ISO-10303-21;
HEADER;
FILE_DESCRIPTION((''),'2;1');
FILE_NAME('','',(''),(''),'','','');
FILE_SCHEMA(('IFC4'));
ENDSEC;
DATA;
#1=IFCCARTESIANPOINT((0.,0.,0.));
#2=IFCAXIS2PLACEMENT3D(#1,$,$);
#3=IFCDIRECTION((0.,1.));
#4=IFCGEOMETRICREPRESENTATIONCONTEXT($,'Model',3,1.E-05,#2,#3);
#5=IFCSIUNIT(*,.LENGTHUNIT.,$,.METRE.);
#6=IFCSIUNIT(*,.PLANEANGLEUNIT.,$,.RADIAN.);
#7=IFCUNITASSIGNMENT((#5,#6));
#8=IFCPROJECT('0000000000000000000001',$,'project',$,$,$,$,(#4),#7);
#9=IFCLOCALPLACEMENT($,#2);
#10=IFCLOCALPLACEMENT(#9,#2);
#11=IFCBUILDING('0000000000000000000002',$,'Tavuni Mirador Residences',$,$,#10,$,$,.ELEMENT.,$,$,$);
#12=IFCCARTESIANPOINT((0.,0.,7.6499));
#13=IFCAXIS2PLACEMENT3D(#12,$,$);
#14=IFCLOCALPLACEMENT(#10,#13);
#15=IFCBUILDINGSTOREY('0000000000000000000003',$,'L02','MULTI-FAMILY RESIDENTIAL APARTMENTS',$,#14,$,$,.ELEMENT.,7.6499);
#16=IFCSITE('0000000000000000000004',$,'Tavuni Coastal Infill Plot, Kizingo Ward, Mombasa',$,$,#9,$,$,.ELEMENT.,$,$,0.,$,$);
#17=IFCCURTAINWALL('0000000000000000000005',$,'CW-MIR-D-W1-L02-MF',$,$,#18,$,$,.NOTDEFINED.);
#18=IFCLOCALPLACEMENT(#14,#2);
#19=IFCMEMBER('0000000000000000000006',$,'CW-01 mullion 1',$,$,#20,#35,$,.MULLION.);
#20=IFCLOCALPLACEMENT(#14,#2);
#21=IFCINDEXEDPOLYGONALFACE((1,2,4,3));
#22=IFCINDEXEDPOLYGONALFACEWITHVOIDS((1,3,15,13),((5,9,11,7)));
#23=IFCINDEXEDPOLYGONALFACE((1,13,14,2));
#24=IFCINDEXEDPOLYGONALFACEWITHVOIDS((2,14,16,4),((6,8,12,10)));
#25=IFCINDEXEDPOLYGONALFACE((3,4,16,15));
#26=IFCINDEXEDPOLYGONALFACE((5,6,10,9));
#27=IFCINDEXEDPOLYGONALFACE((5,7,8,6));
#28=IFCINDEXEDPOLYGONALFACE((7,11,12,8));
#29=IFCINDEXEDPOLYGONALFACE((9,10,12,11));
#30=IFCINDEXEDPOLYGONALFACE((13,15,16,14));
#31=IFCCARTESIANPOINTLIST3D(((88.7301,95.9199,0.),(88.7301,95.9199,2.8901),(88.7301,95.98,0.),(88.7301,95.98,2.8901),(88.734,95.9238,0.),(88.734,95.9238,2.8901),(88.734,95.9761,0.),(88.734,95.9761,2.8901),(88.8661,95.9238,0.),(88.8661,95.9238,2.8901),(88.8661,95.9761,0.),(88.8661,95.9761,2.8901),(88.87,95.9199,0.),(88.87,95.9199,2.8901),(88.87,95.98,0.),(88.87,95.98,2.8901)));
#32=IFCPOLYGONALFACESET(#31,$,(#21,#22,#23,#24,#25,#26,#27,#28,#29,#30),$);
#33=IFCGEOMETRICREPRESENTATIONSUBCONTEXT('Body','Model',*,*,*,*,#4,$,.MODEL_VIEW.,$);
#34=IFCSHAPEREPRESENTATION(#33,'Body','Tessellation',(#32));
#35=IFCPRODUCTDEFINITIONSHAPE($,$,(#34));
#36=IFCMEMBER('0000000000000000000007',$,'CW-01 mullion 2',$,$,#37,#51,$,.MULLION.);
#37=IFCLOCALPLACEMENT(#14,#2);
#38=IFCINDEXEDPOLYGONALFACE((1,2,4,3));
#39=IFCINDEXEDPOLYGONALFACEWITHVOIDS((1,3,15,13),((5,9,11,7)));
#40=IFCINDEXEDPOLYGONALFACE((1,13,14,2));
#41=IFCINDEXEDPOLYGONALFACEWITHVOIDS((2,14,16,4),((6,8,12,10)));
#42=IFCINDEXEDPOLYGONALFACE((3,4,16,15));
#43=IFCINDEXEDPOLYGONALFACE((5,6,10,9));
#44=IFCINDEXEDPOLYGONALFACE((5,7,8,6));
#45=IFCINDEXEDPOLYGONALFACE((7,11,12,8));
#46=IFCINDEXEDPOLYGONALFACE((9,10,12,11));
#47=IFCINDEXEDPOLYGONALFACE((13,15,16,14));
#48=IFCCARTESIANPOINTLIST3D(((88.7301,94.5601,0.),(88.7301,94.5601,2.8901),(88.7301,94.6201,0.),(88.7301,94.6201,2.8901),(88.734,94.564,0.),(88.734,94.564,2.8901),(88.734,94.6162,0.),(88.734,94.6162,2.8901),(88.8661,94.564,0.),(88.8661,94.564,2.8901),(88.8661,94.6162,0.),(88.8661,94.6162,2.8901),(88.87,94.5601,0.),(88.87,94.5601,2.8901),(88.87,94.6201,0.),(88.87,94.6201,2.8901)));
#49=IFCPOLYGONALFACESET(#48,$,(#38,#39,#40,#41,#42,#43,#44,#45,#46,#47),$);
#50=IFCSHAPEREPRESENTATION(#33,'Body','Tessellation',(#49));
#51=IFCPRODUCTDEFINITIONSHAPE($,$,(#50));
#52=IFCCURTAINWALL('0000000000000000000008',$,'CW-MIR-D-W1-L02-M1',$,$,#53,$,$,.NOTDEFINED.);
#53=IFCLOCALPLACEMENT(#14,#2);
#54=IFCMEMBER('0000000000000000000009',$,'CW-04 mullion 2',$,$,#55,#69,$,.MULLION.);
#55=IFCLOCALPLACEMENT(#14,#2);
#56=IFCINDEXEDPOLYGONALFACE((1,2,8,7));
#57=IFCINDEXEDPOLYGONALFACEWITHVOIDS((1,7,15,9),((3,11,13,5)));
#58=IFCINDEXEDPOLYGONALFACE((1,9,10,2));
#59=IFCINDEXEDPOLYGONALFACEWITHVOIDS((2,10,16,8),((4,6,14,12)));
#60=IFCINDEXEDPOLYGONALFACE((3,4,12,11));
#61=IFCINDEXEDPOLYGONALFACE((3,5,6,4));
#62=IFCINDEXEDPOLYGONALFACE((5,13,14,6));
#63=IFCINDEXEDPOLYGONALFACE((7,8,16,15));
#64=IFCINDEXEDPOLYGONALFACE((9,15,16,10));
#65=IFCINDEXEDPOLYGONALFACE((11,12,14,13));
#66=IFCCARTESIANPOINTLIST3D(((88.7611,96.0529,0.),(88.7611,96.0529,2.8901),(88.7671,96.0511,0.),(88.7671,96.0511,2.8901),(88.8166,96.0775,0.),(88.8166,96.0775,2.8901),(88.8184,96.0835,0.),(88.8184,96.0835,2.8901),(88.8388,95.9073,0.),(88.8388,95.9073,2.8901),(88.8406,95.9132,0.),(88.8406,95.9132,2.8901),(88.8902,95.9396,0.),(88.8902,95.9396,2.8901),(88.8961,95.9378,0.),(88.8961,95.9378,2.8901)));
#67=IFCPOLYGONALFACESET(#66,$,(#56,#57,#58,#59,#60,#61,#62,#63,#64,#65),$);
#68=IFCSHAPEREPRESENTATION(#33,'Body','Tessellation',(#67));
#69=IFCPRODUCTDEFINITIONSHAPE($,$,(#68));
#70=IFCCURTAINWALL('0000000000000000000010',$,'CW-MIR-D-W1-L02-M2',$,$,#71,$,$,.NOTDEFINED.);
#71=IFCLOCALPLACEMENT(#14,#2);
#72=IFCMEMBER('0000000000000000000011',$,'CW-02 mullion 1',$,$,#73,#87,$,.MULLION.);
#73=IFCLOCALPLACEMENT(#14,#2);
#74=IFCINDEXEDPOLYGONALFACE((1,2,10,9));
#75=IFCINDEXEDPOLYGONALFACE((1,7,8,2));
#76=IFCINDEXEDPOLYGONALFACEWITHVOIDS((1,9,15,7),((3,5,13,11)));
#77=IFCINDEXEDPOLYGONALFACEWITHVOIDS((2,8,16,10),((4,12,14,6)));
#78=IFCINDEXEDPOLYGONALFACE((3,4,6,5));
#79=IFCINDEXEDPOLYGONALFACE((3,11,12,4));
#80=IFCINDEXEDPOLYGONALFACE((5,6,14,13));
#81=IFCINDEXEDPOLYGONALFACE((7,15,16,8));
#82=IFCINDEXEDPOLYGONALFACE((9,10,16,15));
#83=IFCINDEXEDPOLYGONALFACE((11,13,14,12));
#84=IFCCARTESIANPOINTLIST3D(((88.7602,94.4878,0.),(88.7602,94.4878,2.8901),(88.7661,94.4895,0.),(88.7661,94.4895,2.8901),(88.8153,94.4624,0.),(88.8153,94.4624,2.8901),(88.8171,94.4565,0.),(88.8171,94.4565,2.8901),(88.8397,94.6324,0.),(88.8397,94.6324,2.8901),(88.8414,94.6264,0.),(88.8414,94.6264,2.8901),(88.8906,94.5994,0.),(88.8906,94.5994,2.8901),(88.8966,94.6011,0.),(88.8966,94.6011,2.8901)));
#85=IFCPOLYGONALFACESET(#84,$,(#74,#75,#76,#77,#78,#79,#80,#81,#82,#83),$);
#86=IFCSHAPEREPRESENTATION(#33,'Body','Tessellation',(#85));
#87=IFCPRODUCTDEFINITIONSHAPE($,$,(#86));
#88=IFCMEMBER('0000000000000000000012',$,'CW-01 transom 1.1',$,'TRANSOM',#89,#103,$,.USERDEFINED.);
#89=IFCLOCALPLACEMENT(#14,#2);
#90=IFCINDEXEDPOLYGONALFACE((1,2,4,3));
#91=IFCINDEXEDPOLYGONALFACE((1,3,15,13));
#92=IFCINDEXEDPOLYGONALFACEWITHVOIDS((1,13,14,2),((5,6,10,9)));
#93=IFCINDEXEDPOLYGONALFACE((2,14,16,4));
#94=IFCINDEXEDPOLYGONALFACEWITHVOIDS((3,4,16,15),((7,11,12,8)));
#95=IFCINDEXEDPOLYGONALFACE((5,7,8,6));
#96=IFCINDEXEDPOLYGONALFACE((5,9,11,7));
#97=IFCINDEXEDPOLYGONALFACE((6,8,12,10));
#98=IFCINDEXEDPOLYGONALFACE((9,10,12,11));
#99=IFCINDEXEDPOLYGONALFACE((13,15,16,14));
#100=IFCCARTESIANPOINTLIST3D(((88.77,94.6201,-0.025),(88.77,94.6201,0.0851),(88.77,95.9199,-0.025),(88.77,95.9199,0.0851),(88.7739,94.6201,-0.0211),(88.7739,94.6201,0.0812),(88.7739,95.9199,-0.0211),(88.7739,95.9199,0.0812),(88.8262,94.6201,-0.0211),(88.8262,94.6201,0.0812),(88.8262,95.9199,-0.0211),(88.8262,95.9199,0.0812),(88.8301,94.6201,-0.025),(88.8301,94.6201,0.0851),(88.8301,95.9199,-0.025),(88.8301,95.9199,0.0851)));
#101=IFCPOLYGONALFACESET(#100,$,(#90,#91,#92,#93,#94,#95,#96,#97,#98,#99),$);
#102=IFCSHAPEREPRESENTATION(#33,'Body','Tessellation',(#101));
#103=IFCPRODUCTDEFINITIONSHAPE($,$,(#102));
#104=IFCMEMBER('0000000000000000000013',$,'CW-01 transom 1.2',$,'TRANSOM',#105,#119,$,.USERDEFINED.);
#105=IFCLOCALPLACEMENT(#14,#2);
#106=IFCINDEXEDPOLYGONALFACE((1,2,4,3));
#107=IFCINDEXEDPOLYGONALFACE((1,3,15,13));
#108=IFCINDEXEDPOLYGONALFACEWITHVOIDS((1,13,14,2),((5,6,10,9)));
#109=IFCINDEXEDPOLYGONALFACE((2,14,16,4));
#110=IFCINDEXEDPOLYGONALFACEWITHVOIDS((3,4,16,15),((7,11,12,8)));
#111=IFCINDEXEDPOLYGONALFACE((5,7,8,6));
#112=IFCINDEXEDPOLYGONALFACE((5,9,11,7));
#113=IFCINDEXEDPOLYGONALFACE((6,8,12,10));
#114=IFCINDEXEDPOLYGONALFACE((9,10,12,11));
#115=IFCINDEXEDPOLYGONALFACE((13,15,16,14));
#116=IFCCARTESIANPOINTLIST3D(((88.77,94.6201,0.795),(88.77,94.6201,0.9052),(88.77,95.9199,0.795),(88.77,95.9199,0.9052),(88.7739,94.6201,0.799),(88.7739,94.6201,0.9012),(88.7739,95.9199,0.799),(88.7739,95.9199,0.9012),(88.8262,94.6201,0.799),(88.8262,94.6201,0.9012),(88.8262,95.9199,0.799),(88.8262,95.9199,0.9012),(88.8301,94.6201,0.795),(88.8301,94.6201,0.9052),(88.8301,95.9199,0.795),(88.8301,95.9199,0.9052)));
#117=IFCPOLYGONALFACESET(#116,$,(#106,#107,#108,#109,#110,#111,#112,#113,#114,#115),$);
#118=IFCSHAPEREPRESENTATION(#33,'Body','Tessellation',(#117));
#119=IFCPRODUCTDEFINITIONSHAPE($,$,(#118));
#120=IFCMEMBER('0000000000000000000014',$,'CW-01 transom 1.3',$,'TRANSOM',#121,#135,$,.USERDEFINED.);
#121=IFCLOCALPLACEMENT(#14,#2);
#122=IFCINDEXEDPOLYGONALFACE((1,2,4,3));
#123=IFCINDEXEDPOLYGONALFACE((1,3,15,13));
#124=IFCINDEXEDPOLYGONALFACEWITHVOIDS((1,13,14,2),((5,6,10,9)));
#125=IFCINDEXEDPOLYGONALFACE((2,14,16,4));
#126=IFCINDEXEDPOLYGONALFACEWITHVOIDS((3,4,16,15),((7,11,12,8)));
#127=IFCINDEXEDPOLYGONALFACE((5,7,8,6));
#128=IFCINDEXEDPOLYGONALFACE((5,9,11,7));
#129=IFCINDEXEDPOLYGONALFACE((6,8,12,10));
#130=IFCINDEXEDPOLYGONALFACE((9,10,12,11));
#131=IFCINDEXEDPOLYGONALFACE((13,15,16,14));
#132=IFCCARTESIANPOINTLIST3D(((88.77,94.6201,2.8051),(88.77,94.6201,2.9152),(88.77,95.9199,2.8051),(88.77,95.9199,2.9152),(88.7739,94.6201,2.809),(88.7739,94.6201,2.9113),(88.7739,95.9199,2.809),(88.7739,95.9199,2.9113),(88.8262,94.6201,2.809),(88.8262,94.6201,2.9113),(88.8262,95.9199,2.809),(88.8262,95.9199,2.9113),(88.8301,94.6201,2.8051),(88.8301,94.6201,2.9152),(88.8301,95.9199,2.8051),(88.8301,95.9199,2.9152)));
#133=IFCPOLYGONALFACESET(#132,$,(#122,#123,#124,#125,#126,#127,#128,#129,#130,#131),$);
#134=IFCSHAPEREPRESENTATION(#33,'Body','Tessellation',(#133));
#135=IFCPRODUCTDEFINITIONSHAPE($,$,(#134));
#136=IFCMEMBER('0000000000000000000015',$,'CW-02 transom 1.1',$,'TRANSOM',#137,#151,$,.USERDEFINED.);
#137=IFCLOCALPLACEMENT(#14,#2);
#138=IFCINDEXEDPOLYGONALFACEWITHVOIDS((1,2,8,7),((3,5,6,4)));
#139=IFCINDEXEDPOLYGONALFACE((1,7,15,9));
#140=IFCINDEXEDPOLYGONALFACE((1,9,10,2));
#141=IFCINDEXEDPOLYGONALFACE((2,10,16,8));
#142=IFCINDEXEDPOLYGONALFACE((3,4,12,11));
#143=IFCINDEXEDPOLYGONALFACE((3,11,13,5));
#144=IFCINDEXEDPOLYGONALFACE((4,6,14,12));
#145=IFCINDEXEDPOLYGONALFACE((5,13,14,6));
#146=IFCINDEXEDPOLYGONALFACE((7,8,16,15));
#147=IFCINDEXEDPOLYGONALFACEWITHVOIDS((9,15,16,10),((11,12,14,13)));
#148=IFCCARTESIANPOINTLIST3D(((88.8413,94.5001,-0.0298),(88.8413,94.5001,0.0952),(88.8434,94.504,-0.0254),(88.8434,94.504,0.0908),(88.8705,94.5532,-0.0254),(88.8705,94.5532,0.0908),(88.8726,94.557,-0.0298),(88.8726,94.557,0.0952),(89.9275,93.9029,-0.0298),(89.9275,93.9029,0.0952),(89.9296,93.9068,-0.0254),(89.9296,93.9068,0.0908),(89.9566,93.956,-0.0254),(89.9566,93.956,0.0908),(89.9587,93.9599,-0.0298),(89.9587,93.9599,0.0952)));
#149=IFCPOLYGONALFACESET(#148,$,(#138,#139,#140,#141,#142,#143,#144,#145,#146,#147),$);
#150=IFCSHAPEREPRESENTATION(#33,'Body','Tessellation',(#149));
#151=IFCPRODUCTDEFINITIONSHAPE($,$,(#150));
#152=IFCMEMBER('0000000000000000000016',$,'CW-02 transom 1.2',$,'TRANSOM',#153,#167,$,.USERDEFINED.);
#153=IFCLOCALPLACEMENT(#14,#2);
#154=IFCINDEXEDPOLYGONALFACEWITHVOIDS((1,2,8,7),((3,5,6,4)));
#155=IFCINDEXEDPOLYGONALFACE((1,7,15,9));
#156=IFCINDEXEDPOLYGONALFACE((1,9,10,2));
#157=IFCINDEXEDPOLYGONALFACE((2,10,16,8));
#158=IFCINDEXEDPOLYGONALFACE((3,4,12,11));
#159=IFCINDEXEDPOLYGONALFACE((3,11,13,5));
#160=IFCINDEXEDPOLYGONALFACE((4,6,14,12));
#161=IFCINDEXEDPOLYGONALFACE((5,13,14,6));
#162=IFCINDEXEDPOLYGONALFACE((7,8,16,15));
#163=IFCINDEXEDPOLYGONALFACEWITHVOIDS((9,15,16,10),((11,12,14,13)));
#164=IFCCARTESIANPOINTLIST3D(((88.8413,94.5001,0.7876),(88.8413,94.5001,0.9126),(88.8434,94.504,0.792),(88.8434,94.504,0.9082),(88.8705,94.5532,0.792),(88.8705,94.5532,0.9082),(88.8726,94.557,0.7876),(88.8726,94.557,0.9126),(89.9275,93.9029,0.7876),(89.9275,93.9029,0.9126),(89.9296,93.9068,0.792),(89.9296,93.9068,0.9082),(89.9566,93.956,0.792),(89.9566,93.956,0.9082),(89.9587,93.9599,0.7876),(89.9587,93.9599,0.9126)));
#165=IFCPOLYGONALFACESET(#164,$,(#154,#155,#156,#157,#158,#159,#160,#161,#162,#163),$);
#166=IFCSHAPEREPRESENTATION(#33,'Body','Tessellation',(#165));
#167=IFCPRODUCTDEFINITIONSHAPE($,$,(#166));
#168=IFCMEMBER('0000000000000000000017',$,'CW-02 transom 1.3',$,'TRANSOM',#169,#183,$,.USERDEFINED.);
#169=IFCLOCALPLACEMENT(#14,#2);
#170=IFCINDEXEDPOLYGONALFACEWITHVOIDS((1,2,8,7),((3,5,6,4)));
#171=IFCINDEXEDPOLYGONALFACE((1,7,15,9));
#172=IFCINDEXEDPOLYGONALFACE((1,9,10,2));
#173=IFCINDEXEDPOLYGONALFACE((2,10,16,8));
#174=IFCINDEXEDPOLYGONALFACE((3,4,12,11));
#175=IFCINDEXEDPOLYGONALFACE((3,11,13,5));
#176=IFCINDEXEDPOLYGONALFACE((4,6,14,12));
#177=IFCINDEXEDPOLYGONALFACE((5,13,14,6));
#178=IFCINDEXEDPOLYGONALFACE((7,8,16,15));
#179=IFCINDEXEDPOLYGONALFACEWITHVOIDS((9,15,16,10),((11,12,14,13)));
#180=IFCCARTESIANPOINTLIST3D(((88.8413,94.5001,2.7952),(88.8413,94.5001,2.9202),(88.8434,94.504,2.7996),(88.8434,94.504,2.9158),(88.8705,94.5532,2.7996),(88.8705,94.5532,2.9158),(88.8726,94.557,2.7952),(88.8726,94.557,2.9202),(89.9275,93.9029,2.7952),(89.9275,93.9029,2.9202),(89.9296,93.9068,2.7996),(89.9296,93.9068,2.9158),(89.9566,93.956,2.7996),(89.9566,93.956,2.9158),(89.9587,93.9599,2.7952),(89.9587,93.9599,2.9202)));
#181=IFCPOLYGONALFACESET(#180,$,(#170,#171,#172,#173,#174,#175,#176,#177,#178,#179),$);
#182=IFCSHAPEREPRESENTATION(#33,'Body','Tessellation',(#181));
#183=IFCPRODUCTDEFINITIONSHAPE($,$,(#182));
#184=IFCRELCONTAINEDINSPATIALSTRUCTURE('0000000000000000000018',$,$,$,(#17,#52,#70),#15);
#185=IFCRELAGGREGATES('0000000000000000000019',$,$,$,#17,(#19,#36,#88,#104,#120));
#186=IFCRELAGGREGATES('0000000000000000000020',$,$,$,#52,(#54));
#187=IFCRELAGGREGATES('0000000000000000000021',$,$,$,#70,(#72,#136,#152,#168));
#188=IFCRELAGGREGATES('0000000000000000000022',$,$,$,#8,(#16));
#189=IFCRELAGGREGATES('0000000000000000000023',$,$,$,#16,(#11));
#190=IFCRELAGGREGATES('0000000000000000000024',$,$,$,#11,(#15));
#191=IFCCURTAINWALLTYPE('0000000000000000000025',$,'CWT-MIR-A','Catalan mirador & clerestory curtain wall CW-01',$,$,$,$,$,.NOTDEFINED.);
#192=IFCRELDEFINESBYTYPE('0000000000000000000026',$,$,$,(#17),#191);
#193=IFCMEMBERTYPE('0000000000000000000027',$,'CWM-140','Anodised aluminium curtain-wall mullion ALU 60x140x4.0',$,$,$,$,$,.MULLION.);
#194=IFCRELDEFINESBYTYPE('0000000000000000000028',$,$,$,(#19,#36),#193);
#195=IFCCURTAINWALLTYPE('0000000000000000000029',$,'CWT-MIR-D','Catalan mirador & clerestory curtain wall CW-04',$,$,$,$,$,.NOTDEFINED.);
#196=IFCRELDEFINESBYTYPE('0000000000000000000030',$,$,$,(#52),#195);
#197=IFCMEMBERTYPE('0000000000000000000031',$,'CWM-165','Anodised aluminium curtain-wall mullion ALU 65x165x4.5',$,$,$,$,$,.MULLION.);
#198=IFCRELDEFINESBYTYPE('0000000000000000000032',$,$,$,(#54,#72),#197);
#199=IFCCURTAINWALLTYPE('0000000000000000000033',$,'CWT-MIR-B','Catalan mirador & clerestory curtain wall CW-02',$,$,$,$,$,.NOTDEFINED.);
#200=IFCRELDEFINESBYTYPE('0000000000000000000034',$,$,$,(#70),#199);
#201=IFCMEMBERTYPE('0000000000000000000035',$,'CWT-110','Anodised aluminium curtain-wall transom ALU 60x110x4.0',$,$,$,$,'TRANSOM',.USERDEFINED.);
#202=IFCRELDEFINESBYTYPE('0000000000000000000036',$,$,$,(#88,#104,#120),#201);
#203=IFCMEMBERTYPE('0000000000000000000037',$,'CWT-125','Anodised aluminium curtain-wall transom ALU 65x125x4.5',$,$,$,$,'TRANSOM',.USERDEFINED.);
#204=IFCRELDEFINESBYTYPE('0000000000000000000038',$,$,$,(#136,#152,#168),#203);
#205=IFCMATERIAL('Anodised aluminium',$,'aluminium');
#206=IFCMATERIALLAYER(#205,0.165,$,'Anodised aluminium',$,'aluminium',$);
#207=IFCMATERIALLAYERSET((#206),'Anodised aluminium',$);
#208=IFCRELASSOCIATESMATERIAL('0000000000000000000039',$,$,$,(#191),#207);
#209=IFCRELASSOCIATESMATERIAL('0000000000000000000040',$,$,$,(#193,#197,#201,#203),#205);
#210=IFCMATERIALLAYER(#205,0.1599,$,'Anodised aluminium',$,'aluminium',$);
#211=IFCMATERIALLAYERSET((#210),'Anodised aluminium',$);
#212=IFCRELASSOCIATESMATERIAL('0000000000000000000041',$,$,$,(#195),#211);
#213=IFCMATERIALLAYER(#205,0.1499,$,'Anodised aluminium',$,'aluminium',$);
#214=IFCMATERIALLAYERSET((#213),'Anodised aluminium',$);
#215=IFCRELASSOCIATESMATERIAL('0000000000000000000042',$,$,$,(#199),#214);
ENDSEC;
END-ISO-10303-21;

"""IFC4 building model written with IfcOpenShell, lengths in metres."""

from ifc_helpers import new_model, si_unit, direction, frame, origin, origin_2d, place, context, subcontext, project, spatial, hollow_rectangle, extrude, material, layer, layer_set, material_profile, profile_set, type_object, element, aggregate, save


model = new_model("IFC4")

# Units and contexts
model_context = context("Model", 3, precision=1e-05, world=origin(), true_north=direction((0.0, 1.0)))
body_context = subcontext(model_context, "Body", "Model", "MODEL_VIEW")
ifc_project = project(units=[si_unit("LENGTHUNIT", "METRE"), si_unit("PLANEANGLEUNIT", "RADIAN")], contexts=[model_context])

# Site, building, storey
site_placement = place(None, origin())
site = spatial("IfcSite", under=ifc_project, at=site_placement, Name="Tavuni Coastal Infill Plot, Kizingo Ward, Mombasa", CompositionType="ELEMENT", RefElevation=0.0)
building_placement = place(site_placement, origin())
building = spatial("IfcBuilding", under=site, at=building_placement, Name="Tavuni Mirador Residences", CompositionType="ELEMENT")
storey_placement = place(building_placement, frame((0.0, 0.0, 7.6499)))
storey = spatial("IfcBuildingStorey", under=building, at=storey_placement, Name="L02", Description="MULTI-FAMILY RESIDENTIAL APARTMENTS", CompositionType="ELEMENT", Elevation=7.6499)

# Curtain wall, members
ifc_material_1 = material(Name="Anodised aluminium", Category="aluminium")
ifc_layer_1 = layer(ifc_material_1, 0.165, Name="Anodised aluminium", Category="aluminium")
ifc_layer_set_1 = layer_set([ifc_layer_1], Name="Anodised aluminium")
curtain_wall_type_1 = type_object("IfcCurtainWallType", Name="CWT-MIR-A", Description="Catalan mirador & clerestory curtain wall CW-01", PredefinedType="NOTDEFINED", material=ifc_layer_set_1)
curtain_wall_1_placement = place(storey_placement, origin())
curtain_wall_1 = element("IfcCurtainWall", 1, at=curtain_wall_1_placement, inside=storey, type_object=curtain_wall_type_1, Name="CW-MIR-D-W1-L02-MF", PredefinedType="NOTDEFINED")
ifc_material_profile_1 = material_profile(ifc_material_1, hollow_rectangle(XDim=0.0601, YDim=0.1399, WallThickness=0.0039, at=origin_2d()), Name="ALU 60x140x4.0", Category="aluminium")
ifc_profile_set_1 = profile_set([ifc_material_profile_1], Name="Anodised aluminium")
member_type_1 = type_object("IfcMemberType", Name="CWM-140", Description="Anodised aluminium curtain-wall mullion ALU 60x140x4.0", PredefinedType="MULLION", material=ifc_profile_set_1)
member_1_placement = place(storey_placement, frame((88.8, 95.95, 0.0), z_axis=(0.0, 0.0, 1.0), x_axis=(0.0, -1.0, 0.0)))
member_1 = element("IfcMember", 2, at=member_1_placement, type_object=member_type_1, Name="CW-01 mullion 1", PredefinedType="MULLION", context=body_context, shape_type="SweptSolid", body=[
    extrude(hollow_rectangle(XDim=0.0601, YDim=0.1399, WallThickness=0.0039, at=origin_2d()), origin(), (0.0, 0.0, 1.0), 2.8901),
])
member_2_placement = place(storey_placement, frame((88.8, 94.5901, 0.0), z_axis=(0.0, 0.0, 1.0), x_axis=(0.0, -1.0, 0.0)))
member_2 = element("IfcMember", 3, at=member_2_placement, type_object=member_type_1, Name="CW-01 mullion 2", PredefinedType="MULLION", context=body_context, shape_type="SweptSolid", body=[
    extrude(hollow_rectangle(XDim=0.0601, YDim=0.1399, WallThickness=0.0039, at=origin_2d()), origin(), (0.0, 0.0, 1.0), 2.8901),
])

# Curtain walls, members
ifc_layer_2 = layer(ifc_material_1, 0.1599, Name="Anodised aluminium", Category="aluminium")
ifc_layer_set_2 = layer_set([ifc_layer_2], Name="Anodised aluminium")
curtain_wall_type_2 = type_object("IfcCurtainWallType", Name="CWT-MIR-D", Description="Catalan mirador & clerestory curtain wall CW-04", PredefinedType="NOTDEFINED", material=ifc_layer_set_2)
curtain_wall_2_placement = place(storey_placement, origin())
curtain_wall_2 = element("IfcCurtainWall", 4, at=curtain_wall_2_placement, inside=storey, type_object=curtain_wall_type_2, Name="CW-MIR-D-W1-L02-M1", PredefinedType="NOTDEFINED")
ifc_material_profile_2 = material_profile(ifc_material_1, hollow_rectangle(XDim=0.0649, YDim=0.165, WallThickness=0.0044, at=origin_2d()), Name="ALU 65x165x4.5", Category="aluminium")
ifc_profile_set_2 = profile_set([ifc_material_profile_2], Name="Anodised aluminium")
member_type_2 = type_object("IfcMemberType", Name="CWM-165", Description="Anodised aluminium curtain-wall mullion ALU 65x165x4.5", PredefinedType="MULLION", material=ifc_profile_set_2)
member_3_placement = place(storey_placement, frame((88.8286, 95.9954, 0.0), z_axis=(0.0, 0.0, 1.0), x_axis=(-0.882353, -0.470588, 0.0)))
member_3 = element("IfcMember", 5, at=member_3_placement, type_object=member_type_2, Name="CW-04 mullion 2", PredefinedType="MULLION", context=body_context, shape_type="SweptSolid", body=[
    extrude(hollow_rectangle(XDim=0.0649, YDim=0.165, WallThickness=0.0044, at=origin_2d()), origin(), (0.0, 0.0, 1.0), 2.8901),
])
ifc_layer_3 = layer(ifc_material_1, 0.1499, Name="Anodised aluminium", Category="aluminium")
ifc_layer_set_3 = layer_set([ifc_layer_3], Name="Anodised aluminium")
curtain_wall_type_3 = type_object("IfcCurtainWallType", Name="CWT-MIR-B", Description="Catalan mirador & clerestory curtain wall CW-02", PredefinedType="NOTDEFINED", material=ifc_layer_set_3)
curtain_wall_3_placement = place(storey_placement, origin())
curtain_wall_3 = element("IfcCurtainWall", 6, at=curtain_wall_3_placement, inside=storey, type_object=curtain_wall_type_3, Name="CW-MIR-D-W1-L02-M2", PredefinedType="NOTDEFINED")
member_4_placement = place(storey_placement, frame((88.8284, 94.5444, 0.0), z_axis=(0.0, 0.0, 1.0), x_axis=(0.876216, -0.481919, 0.0)))
member_4 = element("IfcMember", 7, at=member_4_placement, type_object=member_type_2, Name="CW-02 mullion 1", PredefinedType="MULLION", context=body_context, shape_type="SweptSolid", body=[
    extrude(hollow_rectangle(XDim=0.0649, YDim=0.165, WallThickness=0.0044, at=origin_2d()), origin(), (0.0, 0.0, 1.0), 2.8901),
])

# Members
ifc_material_profile_3 = material_profile(ifc_material_1, hollow_rectangle(XDim=0.0601, YDim=0.1101, WallThickness=0.0039, at=origin_2d()), Name="ALU 60x110x4.0", Category="aluminium")
ifc_profile_set_3 = profile_set([ifc_material_profile_3], Name="Anodised aluminium")
member_type_3 = type_object("IfcMemberType", Name="CWT-110", Description="Anodised aluminium curtain-wall transom ALU 60x110x4.0", ElementType="TRANSOM", PredefinedType="USERDEFINED", material=ifc_profile_set_3)
member_5_placement = place(storey_placement, frame((88.8, 95.9199, 0.03), z_axis=(0.0, -1.0, 0.0), x_axis=(1.0, 0.0, 0.0)))
member_5 = element("IfcMember", 8, at=member_5_placement, type_object=member_type_3, Name="CW-01 transom 1.1", ObjectType="TRANSOM", PredefinedType="USERDEFINED", context=body_context, shape_type="SweptSolid", body=[
    extrude(hollow_rectangle(XDim=0.0601, YDim=0.1101, WallThickness=0.0039, at=origin_2d()), origin(), (0.0, 0.0, 1.0), 1.2998),
])
member_6_placement = place(storey_placement, frame((88.8, 95.9199, 0.8501), z_axis=(0.0, -1.0, 0.0), x_axis=(1.0, 0.0, 0.0)))
member_6 = element("IfcMember", 9, at=member_6_placement, type_object=member_type_3, Name="CW-01 transom 1.2", ObjectType="TRANSOM", PredefinedType="USERDEFINED", context=body_context, shape_type="SweptSolid", body=[
    extrude(hollow_rectangle(XDim=0.0601, YDim=0.1101, WallThickness=0.0039, at=origin_2d()), origin(), (0.0, 0.0, 1.0), 1.2998),
])
member_7_placement = place(storey_placement, frame((88.8, 95.9199, 2.8601), z_axis=(0.0, -1.0, 0.0), x_axis=(1.0, 0.0, 0.0)))
member_7 = element("IfcMember", 10, at=member_7_placement, type_object=member_type_3, Name="CW-01 transom 1.3", ObjectType="TRANSOM", PredefinedType="USERDEFINED", context=body_context, shape_type="SweptSolid", body=[
    extrude(hollow_rectangle(XDim=0.0601, YDim=0.1101, WallThickness=0.0039, at=origin_2d()), origin(), (0.0, 0.0, 1.0), 1.2998),
])
ifc_material_profile_4 = material_profile(ifc_material_1, hollow_rectangle(XDim=0.0649, YDim=0.125, WallThickness=0.0044, at=origin_2d()), Name="ALU 65x125x4.5", Category="aluminium")
ifc_profile_set_4 = profile_set([ifc_material_profile_4], Name="Anodised aluminium")
member_type_4 = type_object("IfcMemberType", Name="CWT-125", Description="Anodised aluminium curtain-wall transom ALU 65x125x4.5", ElementType="TRANSOM", PredefinedType="USERDEFINED", material=ifc_profile_set_4)
member_8_placement = place(storey_placement, frame((88.8569, 94.5286, 0.0327), z_axis=(0.876295, -0.481775, 0.0), x_axis=(0.481775, 0.876295, 0.0)))
member_8 = element("IfcMember", 11, at=member_8_placement, type_object=member_type_4, Name="CW-02 transom 1.1", ObjectType="TRANSOM", PredefinedType="USERDEFINED", context=body_context, shape_type="SweptSolid", body=[
    extrude(hollow_rectangle(XDim=0.0649, YDim=0.125, WallThickness=0.0044, at=origin_2d()), origin(), (0.0, 0.0, 1.0), 1.2395),
])
member_9_placement = place(storey_placement, frame((88.8569, 94.5286, 0.8501), z_axis=(0.876295, -0.481775, 0.0), x_axis=(0.481775, 0.876295, 0.0)))
member_9 = element("IfcMember", 12, at=member_9_placement, type_object=member_type_4, Name="CW-02 transom 1.2", ObjectType="TRANSOM", PredefinedType="USERDEFINED", context=body_context, shape_type="SweptSolid", body=[
    extrude(hollow_rectangle(XDim=0.0649, YDim=0.125, WallThickness=0.0044, at=origin_2d()), origin(), (0.0, 0.0, 1.0), 1.2395),
])
member_10_placement = place(storey_placement, frame((88.8569, 94.5286, 2.8577), z_axis=(0.876295, -0.481775, 0.0), x_axis=(0.481775, 0.876295, 0.0)))
member_10 = element("IfcMember", 13, at=member_10_placement, type_object=member_type_4, Name="CW-02 transom 1.3", ObjectType="TRANSOM", PredefinedType="USERDEFINED", context=body_context, shape_type="SweptSolid", body=[
    extrude(hollow_rectangle(XDim=0.0649, YDim=0.125, WallThickness=0.0044, at=origin_2d()), origin(), (0.0, 0.0, 1.0), 1.2395),
])

aggregate(curtain_wall_1, [member_1, member_2, member_5, member_6, member_7])
aggregate(curtain_wall_2, [member_3])
aggregate(curtain_wall_3, [member_4, member_8, member_9, member_10])

save(model, "model.ifc")
